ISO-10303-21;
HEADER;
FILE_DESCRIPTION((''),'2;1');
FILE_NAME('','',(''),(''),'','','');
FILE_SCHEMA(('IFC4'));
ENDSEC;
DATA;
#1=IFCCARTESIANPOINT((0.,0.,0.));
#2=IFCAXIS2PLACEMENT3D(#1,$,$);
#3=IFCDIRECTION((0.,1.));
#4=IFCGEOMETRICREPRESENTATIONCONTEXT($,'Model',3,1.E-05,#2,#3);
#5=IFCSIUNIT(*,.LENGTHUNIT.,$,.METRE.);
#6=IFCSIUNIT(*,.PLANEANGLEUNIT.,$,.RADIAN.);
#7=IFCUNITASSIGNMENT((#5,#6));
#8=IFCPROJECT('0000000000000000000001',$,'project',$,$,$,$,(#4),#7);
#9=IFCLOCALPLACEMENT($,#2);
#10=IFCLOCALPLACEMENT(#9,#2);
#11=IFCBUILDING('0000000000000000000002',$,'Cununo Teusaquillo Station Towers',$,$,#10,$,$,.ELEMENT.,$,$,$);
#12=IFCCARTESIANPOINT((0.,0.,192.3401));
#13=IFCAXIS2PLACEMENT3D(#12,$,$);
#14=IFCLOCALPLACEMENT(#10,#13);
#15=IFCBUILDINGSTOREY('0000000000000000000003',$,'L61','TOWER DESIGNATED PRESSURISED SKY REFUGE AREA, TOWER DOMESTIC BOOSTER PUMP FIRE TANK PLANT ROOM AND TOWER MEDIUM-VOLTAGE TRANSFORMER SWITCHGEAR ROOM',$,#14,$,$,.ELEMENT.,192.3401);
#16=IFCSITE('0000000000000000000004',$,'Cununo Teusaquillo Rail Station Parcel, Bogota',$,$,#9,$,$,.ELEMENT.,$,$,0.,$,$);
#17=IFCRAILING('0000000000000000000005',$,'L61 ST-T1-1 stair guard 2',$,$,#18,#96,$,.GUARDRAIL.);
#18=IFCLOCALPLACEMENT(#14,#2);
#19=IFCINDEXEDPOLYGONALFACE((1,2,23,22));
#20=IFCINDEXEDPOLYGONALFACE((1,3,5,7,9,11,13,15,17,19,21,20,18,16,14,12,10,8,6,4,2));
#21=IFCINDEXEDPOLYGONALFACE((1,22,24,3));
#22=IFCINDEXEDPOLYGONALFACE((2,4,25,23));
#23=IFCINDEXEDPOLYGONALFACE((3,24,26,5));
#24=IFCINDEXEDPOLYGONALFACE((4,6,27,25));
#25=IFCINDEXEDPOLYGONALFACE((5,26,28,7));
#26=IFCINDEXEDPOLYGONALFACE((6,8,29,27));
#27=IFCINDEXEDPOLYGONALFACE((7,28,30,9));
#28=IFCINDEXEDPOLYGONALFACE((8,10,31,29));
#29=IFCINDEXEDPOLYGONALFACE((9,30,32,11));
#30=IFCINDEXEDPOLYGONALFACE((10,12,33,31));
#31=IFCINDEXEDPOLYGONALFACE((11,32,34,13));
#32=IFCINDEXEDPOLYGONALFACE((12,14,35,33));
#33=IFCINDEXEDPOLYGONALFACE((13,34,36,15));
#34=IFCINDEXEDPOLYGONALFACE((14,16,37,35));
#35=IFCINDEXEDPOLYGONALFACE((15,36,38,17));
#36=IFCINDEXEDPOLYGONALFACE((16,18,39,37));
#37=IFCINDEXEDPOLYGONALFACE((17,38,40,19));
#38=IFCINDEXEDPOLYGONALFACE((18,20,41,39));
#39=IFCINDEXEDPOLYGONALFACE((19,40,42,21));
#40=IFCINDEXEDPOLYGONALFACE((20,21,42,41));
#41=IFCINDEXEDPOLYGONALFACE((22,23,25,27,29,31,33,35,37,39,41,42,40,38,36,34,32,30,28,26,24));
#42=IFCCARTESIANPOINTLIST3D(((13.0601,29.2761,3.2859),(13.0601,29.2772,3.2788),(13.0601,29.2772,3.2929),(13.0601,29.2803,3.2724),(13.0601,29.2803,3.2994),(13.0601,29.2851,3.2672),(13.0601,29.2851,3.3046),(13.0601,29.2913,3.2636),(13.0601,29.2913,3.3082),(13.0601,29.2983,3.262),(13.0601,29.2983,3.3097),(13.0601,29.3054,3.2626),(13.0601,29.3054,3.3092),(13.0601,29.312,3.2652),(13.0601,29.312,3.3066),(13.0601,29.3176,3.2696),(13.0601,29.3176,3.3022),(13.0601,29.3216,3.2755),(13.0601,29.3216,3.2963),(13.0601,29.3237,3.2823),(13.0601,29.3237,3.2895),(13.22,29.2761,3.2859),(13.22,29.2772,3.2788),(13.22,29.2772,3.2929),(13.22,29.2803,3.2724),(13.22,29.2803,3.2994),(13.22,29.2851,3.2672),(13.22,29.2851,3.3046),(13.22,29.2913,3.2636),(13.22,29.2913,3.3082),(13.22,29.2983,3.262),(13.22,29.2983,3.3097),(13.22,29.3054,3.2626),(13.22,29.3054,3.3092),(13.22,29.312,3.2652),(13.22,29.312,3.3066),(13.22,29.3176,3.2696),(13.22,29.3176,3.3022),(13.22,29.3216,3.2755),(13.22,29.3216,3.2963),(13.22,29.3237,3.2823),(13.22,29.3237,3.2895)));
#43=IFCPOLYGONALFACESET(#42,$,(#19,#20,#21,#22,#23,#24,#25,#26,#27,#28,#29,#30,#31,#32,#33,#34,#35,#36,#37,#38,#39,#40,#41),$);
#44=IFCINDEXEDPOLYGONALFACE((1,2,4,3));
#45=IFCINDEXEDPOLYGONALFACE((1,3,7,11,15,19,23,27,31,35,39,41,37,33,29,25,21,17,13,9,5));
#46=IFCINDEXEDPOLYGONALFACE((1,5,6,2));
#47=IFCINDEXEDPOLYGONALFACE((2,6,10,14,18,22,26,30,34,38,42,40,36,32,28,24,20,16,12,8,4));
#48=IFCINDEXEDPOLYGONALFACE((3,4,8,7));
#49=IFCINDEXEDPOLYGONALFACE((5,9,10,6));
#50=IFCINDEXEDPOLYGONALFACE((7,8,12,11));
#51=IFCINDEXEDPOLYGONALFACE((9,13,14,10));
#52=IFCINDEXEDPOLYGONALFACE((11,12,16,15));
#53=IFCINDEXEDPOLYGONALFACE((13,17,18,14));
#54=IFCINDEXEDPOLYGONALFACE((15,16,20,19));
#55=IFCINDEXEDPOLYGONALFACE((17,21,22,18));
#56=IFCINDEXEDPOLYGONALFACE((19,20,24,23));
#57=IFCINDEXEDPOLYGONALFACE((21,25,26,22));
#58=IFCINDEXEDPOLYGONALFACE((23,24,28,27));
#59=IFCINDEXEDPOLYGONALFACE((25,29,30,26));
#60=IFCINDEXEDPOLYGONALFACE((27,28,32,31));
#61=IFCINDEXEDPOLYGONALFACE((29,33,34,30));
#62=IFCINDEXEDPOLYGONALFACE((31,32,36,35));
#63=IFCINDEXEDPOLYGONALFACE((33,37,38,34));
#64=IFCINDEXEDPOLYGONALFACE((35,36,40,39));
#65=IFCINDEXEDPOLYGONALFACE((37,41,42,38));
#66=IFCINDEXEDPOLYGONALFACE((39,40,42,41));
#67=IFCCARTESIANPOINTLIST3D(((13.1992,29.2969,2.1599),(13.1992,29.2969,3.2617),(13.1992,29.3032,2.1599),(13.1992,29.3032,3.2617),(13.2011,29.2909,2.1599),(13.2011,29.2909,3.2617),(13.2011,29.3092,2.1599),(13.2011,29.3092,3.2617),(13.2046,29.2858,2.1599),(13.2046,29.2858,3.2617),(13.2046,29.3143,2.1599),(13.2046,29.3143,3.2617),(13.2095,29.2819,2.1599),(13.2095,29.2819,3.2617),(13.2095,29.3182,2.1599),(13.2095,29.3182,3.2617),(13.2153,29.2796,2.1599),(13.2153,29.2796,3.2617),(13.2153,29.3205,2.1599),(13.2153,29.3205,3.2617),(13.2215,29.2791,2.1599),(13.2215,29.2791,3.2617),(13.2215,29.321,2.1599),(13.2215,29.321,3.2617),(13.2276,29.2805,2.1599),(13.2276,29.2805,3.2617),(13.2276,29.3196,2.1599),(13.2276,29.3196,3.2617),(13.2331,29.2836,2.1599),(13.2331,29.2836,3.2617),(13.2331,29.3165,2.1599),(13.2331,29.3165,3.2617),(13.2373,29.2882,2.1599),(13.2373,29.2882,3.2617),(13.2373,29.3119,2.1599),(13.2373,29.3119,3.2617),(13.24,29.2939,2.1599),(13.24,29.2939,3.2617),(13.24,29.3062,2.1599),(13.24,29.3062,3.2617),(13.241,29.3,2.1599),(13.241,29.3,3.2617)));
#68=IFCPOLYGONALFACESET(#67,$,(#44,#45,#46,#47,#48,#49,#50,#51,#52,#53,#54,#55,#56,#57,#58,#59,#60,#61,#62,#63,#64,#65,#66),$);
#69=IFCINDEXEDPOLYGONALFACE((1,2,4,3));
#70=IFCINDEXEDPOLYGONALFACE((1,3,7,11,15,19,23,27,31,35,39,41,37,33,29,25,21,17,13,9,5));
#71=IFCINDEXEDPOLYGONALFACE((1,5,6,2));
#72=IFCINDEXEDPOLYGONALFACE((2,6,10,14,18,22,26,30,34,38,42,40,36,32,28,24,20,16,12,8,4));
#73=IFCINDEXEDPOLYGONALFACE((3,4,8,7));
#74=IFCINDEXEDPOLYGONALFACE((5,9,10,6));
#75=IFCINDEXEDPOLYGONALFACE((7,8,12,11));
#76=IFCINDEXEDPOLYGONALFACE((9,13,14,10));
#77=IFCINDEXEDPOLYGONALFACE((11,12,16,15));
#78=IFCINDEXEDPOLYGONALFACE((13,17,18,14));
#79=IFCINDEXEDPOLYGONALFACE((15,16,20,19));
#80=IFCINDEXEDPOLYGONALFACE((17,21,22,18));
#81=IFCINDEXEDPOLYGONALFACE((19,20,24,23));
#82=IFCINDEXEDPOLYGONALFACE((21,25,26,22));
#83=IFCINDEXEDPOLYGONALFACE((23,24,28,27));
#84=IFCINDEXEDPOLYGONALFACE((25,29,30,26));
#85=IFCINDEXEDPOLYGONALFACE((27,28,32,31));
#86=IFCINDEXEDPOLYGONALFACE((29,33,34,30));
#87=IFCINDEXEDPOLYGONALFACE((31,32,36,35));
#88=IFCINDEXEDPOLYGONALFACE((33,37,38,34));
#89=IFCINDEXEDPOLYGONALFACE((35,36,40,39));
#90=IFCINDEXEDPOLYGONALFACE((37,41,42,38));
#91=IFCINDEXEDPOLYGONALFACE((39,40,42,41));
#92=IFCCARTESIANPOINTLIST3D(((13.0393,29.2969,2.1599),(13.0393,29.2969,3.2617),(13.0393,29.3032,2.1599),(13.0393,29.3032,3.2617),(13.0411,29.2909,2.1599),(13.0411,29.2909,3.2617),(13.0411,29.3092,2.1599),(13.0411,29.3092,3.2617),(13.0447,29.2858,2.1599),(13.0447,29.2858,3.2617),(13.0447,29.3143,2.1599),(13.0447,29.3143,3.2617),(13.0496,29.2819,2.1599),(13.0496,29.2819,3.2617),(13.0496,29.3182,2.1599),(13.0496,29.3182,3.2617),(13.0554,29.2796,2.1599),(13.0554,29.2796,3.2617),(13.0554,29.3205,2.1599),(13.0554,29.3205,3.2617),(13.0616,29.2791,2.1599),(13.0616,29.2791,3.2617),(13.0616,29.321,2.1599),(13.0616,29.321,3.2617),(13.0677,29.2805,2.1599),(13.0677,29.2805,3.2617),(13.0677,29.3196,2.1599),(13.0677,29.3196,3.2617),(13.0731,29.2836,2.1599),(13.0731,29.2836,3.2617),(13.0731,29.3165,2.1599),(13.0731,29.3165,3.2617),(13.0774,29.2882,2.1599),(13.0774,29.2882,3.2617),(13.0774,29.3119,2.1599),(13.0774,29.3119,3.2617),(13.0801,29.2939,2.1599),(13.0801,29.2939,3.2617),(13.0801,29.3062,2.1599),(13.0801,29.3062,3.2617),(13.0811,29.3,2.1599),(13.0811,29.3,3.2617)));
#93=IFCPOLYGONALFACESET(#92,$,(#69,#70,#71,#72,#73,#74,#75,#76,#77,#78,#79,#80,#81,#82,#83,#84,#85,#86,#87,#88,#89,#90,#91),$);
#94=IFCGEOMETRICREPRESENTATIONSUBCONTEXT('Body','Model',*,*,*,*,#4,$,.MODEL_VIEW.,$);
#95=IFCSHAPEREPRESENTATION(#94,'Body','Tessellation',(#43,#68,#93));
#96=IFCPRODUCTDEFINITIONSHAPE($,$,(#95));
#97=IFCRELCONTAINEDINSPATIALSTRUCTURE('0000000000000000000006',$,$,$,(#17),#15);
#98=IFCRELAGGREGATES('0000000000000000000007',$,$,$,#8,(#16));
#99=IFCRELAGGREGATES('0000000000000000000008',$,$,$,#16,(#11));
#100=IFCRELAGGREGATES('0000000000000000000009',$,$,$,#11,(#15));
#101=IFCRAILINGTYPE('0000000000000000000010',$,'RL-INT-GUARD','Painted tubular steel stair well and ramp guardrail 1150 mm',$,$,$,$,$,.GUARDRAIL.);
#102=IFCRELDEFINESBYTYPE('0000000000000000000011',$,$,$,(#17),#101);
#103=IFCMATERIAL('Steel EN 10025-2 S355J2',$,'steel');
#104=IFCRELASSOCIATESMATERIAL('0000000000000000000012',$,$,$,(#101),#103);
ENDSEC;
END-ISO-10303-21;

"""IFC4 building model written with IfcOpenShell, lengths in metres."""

from ifc_helpers import new_model, si_unit, direction, frame, origin, origin_2d, place, context, subcontext, project, spatial, circle, extrude, material, type_object, element, save


model = new_model("IFC4")

# Units and contexts
model_context = context("Model", 3, precision=1e-05, world=origin(), true_north=direction((0.0, 1.0)))
body_context = subcontext(model_context, "Body", "Model", "MODEL_VIEW")
ifc_project = project(units=[si_unit("LENGTHUNIT", "METRE"), si_unit("PLANEANGLEUNIT", "RADIAN")], contexts=[model_context])

# Site, building, storey
site_placement = place(None, origin())
site = spatial("IfcSite", under=ifc_project, at=site_placement, Name="Cununo Teusaquillo Rail Station Parcel, Bogota", CompositionType="ELEMENT", RefElevation=0.0)
building_placement = place(site_placement, origin())
building = spatial("IfcBuilding", under=site, at=building_placement, Name="Cununo Teusaquillo Station Towers", CompositionType="ELEMENT")
storey_placement = place(building_placement, frame((0.0, 0.0, 192.3401)))
storey = spatial("IfcBuildingStorey", under=building, at=storey_placement, Name="L61", Description="TOWER DESIGNATED PRESSURISED SKY REFUGE AREA, TOWER DOMESTIC BOOSTER PUMP FIRE TANK PLANT ROOM AND TOWER MEDIUM-VOLTAGE TRANSFORMER SWITCHGEAR ROOM", CompositionType="ELEMENT", Elevation=192.3401)

# Railing
ifc_material_1 = material(Name="Steel EN 10025-2 S355J2", Category="steel")
railing_type_1 = type_object("IfcRailingType", Name="RL-INT-GUARD", Description="Painted tubular steel stair well and ramp guardrail 1150 mm", PredefinedType="GUARDRAIL", material=ifc_material_1)
railing_1_placement = place(storey_placement, frame((13.22, 29.3, 2.1599)))
element("IfcRailing", 1, at=railing_1_placement, inside=storey, type_object=railing_type_1, Name="L61 ST-T1-1 stair guard 2", PredefinedType="GUARDRAIL", context=body_context, shape_type="SweptSolid", body=[
    extrude(circle(Radius=0.0239, at=origin_2d()), frame((0.0, 0.0, 1.126), z_axis=(-1.0, 0.0, 0.0), x_axis=(0.0, -1.0, 0.0)), (0.0, 0.0, 1.0), 0.1599),
    extrude(circle(Radius=0.021, at=origin_2d()), origin(), (0.0, 0.0, 1.0), 1.1018),
    extrude(circle(Radius=0.021, at=origin_2d()), frame((-0.1599, 0.0, 0.0)), (0.0, 0.0, 1.0), 1.1018),
])

save(model, "model.ifc")
